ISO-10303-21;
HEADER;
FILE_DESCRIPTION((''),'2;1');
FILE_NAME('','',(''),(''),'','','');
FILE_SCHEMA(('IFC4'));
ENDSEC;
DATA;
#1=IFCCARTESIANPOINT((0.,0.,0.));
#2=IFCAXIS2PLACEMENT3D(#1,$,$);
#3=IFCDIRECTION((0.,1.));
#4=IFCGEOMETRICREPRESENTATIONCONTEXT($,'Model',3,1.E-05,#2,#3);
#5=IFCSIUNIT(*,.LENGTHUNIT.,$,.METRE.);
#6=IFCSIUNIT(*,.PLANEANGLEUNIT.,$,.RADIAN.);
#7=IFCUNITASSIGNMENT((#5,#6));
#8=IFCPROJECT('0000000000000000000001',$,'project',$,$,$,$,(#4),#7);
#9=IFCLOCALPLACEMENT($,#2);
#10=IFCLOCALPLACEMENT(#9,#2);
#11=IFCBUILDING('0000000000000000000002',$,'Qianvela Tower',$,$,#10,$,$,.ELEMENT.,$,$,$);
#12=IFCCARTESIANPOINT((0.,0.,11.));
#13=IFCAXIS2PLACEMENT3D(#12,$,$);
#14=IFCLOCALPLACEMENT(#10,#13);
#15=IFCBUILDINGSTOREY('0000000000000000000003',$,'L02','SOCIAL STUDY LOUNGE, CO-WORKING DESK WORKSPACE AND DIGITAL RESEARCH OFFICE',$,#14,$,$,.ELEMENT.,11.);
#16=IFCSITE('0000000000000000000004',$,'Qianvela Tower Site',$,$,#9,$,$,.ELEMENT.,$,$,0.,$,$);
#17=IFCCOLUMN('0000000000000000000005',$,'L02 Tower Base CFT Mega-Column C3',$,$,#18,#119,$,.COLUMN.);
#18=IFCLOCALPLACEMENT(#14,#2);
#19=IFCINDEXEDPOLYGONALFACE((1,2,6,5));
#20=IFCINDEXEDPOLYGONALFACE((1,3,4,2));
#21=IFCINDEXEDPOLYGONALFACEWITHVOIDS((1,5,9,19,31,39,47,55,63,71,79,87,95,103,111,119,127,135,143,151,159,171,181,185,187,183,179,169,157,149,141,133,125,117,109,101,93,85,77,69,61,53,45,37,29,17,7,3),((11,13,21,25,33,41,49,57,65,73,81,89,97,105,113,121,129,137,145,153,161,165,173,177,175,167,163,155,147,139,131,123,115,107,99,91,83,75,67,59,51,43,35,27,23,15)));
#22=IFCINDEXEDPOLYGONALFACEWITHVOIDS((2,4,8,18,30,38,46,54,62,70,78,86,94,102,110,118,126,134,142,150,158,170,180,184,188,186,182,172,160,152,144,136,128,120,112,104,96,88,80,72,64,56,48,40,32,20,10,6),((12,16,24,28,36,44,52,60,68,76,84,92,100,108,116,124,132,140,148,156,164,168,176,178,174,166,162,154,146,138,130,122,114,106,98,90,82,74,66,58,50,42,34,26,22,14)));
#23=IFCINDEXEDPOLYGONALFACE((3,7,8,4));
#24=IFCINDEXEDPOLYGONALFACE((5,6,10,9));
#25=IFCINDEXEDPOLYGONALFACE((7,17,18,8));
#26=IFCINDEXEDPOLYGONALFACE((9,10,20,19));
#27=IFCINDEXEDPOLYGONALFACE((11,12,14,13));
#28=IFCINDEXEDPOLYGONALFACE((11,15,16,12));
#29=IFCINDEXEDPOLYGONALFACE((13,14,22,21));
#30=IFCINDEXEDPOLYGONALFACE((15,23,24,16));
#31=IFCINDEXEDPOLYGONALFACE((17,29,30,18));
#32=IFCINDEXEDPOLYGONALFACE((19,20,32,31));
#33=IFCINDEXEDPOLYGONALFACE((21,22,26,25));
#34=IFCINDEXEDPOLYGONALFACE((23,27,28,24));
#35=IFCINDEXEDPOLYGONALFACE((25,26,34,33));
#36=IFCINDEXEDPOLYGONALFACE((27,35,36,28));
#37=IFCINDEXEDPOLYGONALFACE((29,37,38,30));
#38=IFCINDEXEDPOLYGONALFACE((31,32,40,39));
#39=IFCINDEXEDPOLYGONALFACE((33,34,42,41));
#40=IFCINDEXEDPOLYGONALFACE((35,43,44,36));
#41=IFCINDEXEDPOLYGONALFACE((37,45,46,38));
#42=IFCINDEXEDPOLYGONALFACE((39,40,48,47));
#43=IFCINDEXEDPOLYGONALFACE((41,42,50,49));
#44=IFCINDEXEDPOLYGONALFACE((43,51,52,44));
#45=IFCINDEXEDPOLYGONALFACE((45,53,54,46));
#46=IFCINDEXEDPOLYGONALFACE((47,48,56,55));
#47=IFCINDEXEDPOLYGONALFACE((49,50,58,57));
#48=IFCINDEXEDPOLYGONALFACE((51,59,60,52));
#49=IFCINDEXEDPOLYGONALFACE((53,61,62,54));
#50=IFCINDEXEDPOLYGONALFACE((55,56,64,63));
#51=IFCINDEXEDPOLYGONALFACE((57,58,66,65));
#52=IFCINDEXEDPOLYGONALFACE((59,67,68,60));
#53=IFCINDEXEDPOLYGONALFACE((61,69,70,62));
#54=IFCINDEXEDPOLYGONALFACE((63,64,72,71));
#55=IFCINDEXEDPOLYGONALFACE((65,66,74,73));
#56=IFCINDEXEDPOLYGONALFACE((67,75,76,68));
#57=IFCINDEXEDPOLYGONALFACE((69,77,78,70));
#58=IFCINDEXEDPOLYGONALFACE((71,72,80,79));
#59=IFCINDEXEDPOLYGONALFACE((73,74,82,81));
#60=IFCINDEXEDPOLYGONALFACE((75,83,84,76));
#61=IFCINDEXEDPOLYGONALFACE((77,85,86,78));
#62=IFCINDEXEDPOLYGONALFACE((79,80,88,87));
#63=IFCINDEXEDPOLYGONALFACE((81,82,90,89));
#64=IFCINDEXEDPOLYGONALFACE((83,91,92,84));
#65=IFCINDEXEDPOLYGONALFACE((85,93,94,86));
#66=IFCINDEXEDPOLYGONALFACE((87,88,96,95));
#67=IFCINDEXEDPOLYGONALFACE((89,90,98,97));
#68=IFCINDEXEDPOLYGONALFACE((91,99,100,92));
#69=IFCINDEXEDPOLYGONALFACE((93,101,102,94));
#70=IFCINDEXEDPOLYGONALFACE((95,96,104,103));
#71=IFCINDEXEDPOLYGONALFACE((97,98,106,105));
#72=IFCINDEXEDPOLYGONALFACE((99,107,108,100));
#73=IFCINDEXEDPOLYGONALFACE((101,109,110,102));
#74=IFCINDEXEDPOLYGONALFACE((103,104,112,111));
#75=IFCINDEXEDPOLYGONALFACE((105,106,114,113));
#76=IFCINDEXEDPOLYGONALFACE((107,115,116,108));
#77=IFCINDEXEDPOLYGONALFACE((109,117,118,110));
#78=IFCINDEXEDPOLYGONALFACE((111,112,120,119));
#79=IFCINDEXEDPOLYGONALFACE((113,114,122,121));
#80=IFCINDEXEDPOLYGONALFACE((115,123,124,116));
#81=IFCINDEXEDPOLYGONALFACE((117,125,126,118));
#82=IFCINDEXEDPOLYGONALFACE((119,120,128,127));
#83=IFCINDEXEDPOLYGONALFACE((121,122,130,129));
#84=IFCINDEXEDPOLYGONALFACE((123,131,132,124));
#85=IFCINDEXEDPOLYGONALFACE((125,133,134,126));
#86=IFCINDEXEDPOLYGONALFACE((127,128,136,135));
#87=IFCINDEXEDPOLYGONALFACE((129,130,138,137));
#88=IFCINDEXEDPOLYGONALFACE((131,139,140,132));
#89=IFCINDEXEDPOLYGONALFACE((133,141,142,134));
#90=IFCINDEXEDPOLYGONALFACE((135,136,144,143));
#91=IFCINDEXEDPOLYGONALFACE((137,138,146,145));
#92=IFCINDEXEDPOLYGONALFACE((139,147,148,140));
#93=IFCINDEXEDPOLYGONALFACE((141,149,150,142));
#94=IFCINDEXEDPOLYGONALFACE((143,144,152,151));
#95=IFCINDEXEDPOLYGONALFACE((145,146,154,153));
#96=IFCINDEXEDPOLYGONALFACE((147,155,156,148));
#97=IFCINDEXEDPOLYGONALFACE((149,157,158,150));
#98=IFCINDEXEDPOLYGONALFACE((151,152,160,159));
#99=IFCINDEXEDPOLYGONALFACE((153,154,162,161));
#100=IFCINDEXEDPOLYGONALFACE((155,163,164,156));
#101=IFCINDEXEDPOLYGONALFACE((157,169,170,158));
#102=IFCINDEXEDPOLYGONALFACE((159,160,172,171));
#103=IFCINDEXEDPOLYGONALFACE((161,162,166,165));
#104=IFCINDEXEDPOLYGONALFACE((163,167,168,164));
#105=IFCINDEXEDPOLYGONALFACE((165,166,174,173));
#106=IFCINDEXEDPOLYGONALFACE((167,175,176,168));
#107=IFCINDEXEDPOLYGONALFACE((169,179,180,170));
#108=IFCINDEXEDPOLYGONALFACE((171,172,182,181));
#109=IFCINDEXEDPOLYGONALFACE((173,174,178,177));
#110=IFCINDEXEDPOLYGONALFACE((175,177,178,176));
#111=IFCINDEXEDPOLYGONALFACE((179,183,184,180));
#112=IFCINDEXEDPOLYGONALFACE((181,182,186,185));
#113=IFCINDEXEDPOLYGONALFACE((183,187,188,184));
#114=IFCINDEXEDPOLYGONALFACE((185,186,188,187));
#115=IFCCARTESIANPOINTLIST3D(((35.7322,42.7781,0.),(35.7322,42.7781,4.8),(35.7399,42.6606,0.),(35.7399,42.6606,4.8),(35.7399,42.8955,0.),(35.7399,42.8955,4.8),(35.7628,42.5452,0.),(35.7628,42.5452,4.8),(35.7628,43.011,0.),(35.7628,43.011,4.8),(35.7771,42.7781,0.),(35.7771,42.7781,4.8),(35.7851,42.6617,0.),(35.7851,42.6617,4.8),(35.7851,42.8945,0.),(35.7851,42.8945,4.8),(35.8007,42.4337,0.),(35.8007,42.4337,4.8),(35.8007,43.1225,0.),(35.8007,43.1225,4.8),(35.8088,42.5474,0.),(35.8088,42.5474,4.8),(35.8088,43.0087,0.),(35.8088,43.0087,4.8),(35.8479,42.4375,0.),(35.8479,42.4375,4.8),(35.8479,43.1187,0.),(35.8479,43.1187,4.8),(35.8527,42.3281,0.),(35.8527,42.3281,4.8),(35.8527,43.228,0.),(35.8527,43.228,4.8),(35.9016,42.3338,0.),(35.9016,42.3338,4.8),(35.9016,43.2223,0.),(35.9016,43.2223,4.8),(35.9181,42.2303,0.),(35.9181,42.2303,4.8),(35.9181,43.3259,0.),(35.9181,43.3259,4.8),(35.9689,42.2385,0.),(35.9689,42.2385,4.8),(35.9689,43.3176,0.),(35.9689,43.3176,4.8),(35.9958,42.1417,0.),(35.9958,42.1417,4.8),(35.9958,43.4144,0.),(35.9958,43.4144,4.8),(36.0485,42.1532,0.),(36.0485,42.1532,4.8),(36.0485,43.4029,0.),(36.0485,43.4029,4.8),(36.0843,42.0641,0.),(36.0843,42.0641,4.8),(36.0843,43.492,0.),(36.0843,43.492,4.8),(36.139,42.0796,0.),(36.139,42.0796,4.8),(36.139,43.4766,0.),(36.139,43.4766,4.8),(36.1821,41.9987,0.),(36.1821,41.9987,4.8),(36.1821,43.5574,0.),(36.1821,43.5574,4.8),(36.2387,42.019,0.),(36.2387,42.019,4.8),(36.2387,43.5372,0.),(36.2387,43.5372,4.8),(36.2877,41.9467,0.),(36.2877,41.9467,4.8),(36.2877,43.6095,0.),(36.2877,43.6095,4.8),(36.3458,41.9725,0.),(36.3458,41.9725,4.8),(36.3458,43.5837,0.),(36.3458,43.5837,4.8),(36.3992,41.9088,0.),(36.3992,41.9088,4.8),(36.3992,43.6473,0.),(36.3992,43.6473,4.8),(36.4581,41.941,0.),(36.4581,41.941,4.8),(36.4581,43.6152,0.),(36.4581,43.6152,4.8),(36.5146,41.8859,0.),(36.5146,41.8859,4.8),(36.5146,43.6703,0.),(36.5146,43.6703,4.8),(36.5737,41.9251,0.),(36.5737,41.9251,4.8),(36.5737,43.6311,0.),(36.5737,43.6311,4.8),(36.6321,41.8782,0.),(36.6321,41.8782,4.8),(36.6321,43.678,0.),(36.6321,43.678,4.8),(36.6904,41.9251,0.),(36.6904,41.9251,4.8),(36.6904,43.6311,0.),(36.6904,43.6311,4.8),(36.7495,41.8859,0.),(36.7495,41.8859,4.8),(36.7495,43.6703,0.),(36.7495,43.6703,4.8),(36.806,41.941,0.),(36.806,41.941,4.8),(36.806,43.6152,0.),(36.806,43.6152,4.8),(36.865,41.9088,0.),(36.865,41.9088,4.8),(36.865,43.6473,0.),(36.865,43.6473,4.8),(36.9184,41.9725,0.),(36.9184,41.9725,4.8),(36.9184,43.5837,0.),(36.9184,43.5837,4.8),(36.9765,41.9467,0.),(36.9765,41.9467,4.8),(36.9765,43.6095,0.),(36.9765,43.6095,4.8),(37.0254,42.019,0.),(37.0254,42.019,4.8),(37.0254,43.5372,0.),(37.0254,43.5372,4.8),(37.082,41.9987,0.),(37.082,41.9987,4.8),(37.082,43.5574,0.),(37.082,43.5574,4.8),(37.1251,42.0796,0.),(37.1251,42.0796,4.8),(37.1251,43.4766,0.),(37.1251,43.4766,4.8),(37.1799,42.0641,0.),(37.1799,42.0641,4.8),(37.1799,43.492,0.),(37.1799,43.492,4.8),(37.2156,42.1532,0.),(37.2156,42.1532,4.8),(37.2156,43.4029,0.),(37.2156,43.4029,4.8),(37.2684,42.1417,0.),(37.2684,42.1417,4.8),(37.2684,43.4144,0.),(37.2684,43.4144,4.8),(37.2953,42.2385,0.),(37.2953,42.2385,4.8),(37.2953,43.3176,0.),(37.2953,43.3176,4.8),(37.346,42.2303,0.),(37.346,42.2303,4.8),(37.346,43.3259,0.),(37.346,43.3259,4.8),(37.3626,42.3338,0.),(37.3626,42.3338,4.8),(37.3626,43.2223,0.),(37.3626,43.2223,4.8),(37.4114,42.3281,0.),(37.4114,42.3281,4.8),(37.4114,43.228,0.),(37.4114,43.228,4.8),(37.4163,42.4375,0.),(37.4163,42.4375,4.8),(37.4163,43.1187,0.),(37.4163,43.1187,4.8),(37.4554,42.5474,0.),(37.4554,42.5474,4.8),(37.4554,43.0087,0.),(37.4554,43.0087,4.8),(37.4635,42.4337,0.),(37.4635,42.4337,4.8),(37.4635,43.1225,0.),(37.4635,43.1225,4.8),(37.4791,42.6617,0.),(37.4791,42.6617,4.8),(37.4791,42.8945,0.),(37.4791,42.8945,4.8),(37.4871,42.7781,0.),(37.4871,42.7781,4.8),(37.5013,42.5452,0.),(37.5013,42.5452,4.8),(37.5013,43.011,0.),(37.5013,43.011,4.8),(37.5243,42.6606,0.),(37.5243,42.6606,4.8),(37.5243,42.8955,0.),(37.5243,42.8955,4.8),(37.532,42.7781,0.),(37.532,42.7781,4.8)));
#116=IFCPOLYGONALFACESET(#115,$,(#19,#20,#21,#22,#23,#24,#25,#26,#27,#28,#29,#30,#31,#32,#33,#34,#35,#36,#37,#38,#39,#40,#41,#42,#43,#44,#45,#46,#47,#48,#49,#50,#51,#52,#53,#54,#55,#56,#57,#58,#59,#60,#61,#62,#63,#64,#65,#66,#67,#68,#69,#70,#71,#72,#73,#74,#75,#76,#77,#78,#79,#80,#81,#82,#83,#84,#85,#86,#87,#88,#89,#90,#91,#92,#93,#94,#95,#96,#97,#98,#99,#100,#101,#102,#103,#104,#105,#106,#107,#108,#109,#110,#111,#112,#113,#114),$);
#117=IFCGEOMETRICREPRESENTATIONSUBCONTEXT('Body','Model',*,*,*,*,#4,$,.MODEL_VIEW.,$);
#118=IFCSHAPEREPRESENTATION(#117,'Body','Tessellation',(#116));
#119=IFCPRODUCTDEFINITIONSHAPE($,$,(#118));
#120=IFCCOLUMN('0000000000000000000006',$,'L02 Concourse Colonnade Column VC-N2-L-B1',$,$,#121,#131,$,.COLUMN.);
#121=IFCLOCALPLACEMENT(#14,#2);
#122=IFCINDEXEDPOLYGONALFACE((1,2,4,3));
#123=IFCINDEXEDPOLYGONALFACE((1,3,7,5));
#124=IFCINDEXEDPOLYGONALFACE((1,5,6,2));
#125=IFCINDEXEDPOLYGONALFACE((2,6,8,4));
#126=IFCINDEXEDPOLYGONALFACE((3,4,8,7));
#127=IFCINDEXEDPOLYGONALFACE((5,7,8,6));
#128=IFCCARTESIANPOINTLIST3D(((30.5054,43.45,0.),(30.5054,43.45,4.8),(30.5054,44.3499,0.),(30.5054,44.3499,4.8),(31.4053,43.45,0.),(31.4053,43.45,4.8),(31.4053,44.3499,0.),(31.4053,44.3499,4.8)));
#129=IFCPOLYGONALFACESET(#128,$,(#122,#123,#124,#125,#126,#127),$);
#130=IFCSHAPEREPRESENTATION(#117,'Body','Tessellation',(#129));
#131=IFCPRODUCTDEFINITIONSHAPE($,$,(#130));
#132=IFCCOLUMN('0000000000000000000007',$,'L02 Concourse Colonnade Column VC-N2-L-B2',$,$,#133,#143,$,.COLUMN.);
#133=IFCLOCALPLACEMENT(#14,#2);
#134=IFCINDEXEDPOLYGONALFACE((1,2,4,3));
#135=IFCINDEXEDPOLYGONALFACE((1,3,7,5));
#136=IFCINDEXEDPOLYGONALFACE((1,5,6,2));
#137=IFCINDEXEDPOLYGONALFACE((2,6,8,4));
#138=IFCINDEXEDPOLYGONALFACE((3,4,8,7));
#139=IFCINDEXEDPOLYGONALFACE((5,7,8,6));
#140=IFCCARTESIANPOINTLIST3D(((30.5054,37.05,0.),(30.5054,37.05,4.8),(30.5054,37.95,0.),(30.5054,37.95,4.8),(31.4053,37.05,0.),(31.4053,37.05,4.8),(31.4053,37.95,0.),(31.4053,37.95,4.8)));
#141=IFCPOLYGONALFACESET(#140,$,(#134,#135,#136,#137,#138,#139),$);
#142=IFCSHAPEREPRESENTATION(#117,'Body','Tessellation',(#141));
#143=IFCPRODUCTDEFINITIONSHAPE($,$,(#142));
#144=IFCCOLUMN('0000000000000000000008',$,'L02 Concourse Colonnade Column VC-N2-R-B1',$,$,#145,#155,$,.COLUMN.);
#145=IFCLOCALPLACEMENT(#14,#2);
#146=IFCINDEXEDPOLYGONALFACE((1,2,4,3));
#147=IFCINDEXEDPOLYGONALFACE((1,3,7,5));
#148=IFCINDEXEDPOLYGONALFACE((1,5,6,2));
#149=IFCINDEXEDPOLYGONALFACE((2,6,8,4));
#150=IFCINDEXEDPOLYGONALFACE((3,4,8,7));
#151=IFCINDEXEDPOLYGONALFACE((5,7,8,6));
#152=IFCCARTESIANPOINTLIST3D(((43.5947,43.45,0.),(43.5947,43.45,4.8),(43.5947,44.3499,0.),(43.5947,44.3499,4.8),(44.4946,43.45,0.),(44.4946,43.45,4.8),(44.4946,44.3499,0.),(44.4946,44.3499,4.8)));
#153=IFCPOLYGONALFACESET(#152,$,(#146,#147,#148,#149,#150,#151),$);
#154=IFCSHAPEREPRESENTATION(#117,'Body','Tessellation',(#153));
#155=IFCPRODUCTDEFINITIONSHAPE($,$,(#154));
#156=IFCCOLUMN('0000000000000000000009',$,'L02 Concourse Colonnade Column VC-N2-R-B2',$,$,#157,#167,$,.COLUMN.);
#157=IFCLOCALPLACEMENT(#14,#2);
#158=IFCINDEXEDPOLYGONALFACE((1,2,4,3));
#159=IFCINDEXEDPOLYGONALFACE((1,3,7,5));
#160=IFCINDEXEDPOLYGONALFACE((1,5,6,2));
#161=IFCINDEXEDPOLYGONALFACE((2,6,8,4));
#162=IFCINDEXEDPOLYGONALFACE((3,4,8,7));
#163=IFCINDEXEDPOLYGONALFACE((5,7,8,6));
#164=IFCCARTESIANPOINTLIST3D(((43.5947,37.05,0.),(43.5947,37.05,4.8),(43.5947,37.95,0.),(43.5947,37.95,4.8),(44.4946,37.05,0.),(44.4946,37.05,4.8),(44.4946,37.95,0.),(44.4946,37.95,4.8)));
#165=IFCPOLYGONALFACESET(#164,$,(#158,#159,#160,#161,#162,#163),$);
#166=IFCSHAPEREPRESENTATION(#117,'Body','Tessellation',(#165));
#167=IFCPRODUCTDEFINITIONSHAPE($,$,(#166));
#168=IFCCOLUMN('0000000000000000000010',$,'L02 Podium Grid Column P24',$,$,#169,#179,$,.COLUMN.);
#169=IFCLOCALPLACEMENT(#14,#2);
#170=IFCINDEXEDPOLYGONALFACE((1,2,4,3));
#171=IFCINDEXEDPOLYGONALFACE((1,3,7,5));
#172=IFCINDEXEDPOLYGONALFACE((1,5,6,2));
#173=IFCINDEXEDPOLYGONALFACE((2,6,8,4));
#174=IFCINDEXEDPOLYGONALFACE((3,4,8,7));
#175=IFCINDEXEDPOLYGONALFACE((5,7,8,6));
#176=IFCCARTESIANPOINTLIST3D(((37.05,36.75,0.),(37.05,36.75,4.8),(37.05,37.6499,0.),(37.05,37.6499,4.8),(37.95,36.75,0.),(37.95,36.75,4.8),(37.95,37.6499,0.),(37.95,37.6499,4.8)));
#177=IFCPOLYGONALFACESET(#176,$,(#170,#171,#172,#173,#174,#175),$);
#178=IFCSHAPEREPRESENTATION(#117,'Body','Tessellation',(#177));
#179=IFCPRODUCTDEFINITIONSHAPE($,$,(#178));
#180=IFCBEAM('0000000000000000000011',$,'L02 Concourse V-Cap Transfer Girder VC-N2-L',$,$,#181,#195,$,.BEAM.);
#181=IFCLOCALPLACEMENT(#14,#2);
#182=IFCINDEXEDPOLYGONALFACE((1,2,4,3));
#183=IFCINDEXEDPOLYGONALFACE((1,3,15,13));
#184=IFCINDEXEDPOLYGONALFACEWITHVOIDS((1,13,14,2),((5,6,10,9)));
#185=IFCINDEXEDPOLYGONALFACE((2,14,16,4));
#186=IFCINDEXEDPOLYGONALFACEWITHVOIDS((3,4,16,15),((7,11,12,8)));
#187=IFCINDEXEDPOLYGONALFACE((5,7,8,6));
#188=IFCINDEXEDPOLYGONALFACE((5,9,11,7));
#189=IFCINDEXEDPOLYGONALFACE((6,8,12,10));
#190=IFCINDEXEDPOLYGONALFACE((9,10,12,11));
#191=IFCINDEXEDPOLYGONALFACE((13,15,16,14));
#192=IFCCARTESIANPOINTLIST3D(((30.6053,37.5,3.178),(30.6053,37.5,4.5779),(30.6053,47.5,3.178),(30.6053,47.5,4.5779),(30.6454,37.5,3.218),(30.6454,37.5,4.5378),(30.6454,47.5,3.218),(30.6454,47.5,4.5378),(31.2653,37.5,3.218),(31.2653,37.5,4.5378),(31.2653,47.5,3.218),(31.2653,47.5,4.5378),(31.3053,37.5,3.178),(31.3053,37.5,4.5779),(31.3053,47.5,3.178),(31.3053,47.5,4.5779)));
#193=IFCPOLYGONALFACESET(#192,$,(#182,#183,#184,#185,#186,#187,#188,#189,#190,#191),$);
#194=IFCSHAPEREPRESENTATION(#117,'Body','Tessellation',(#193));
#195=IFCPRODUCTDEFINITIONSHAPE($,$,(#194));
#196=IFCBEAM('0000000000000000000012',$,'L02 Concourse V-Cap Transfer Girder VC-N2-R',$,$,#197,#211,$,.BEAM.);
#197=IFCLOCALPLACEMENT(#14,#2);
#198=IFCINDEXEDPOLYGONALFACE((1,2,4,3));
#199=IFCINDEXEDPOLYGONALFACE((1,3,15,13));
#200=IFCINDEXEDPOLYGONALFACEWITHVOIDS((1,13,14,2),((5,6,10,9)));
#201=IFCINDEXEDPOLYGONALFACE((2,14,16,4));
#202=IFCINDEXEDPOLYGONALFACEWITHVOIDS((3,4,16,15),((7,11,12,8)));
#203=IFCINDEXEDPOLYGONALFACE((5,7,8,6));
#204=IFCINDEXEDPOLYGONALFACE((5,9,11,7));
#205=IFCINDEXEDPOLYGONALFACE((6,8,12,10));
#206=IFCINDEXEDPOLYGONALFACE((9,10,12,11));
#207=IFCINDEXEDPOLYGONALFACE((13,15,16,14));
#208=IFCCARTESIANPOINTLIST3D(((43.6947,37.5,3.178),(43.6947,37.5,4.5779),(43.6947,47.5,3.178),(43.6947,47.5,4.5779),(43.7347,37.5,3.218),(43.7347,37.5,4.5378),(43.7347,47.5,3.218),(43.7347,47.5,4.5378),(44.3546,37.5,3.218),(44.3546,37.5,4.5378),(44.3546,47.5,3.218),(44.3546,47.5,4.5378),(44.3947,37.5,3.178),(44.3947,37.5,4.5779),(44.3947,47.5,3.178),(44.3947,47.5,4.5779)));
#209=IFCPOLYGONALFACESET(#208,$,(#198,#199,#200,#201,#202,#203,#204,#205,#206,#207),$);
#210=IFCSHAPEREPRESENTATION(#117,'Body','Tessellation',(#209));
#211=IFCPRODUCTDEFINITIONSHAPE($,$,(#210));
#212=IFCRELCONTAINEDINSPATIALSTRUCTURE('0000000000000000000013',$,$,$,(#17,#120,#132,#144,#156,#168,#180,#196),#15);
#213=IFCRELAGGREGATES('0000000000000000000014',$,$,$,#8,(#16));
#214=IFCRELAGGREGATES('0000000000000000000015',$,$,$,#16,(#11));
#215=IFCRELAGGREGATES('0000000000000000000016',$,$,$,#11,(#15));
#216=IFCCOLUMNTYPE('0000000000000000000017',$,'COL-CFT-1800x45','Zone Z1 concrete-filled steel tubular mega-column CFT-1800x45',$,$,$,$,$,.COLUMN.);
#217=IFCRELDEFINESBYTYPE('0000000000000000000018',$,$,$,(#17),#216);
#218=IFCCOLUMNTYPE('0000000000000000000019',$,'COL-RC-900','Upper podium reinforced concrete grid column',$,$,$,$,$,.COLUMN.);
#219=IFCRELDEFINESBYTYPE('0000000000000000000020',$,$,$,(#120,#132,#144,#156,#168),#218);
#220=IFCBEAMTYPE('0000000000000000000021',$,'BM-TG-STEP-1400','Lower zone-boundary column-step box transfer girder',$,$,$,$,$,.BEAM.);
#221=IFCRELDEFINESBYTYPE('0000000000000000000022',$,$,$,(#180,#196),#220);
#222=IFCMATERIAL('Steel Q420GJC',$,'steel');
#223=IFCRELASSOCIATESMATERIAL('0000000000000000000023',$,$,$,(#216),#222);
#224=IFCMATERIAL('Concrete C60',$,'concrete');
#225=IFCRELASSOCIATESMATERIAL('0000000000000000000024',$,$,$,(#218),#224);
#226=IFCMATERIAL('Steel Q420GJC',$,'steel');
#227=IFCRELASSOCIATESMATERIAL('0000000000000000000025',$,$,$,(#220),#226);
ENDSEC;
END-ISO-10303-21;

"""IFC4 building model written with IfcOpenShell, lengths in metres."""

from ifc_helpers import new_model, si_unit, direction, frame, origin, origin_2d, place, context, subcontext, project, spatial, rectangle, hollow_rectangle, hollow_circle, extrude, material, material_profile, profile_set, type_object, element, save


model = new_model("IFC4")

# Units and contexts
model_context = context("Model", 3, precision=1e-05, world=origin(), true_north=direction((0.0, 1.0)))
body_context = subcontext(model_context, "Body", "Model", "MODEL_VIEW")
ifc_project = project(units=[si_unit("LENGTHUNIT", "METRE"), si_unit("PLANEANGLEUNIT", "RADIAN")], contexts=[model_context])

# Site, building, storey
site_placement = place(None, origin())
site = spatial("IfcSite", under=ifc_project, at=site_placement, Name="Qianvela Tower Site", CompositionType="ELEMENT", RefElevation=0.0)
building_placement = place(site_placement, origin())
building = spatial("IfcBuilding", under=site, at=building_placement, Name="Qianvela Tower", CompositionType="ELEMENT")
storey_placement = place(building_placement, frame((0.0, 0.0, 11.0)))
storey = spatial("IfcBuildingStorey", under=building, at=storey_placement, Name="L02", Description="SOCIAL STUDY LOUNGE, CO-WORKING DESK WORKSPACE AND DIGITAL RESEARCH OFFICE", CompositionType="ELEMENT", Elevation=11.0)

# Columns
ifc_material_1 = material(Name="Steel Q420GJC", Category="steel")
ifc_material_profile_1 = material_profile(ifc_material_1, hollow_circle(Radius=0.8999, WallThickness=0.0449, at=origin_2d()), Name="CFT-1800x45")
ifc_profile_set_1 = profile_set([ifc_material_profile_1], Name="Steel Q420GJC")
column_type_1 = type_object("IfcColumnType", Name="COL-CFT-1800x45", Description="Zone Z1 concrete-filled steel tubular mega-column CFT-1800x45", PredefinedType="COLUMN", material=ifc_profile_set_1)
column_placement = place(storey_placement, frame((36.6321, 42.7781, 0.0), z_axis=(0.0, 0.0, 1.0), x_axis=(1.0, 0.0, 0.0)))
element("IfcColumn", 1, at=column_placement, inside=storey, type_object=column_type_1, Name="L02 Tower Base CFT Mega-Column C3", PredefinedType="COLUMN", context=body_context, shape_type="SweptSolid", body=[
    extrude(hollow_circle(Radius=0.8999, WallThickness=0.0449, at=origin_2d()), origin(), (0.0, 0.0, 1.0), 4.8),
])
ifc_material_2 = material(Name="Concrete C60", Category="concrete")
ifc_material_profile_2 = material_profile(ifc_material_2, rectangle(XDim=0.8999, YDim=0.8999, at=origin_2d()), Name="RC-COL-900x900")
ifc_profile_set_2 = profile_set([ifc_material_profile_2], Name="Concrete C60")
column_type_2 = type_object("IfcColumnType", Name="COL-RC-900", Description="Upper podium reinforced concrete grid column", PredefinedType="COLUMN", material=ifc_profile_set_2)
for number, where, z_axis, x_axis, name in (
    (2, (30.9553, 43.8999, 0.0), (0.0, 0.0, 1.0), (1.0, 0.0, 0.0), "L02 Concourse Colonnade Column VC-N2-L-B1"),
    (3, (30.9553, 37.5, 0.0), (0.0, 0.0, 1.0), (1.0, 0.0, 0.0), "L02 Concourse Colonnade Column VC-N2-L-B2"),
    (4, (44.0447, 43.8999, 0.0), (0.0, 0.0, 1.0), (1.0, 0.0, 0.0), "L02 Concourse Colonnade Column VC-N2-R-B1"),
    (5, (44.0447, 37.5, 0.0), (0.0, 0.0, 1.0), (1.0, 0.0, 0.0), "L02 Concourse Colonnade Column VC-N2-R-B2"),
    (6, (37.5, 37.2, 0.0), (0.0, 0.0, 1.0), (1.0, 0.0, 0.0), "L02 Podium Grid Column P24"),
):
    element("IfcColumn", number, at=place(storey_placement, frame(where, z_axis=z_axis, x_axis=x_axis)), inside=storey, type_object=column_type_2, Name=name, PredefinedType="COLUMN", context=body_context, shape_type="SweptSolid", body=[
        extrude(rectangle(XDim=0.8999, YDim=0.8999, at=origin_2d()), origin(), (0.0, 0.0, 1.0), 4.8),
    ])

# Beams
ifc_material_3 = material(Name="Steel Q420GJC", Category="steel")
ifc_material_profile_3 = material_profile(ifc_material_3, hollow_rectangle(XDim=0.7, YDim=1.3999, WallThickness=0.04, at=origin_2d()), Name="TG-BOX-1400x700x40")
ifc_profile_set_3 = profile_set([ifc_material_profile_3], Name="Steel Q420GJC")
beam_type = type_object("IfcBeamType", Name="BM-TG-STEP-1400", Description="Lower zone-boundary column-step box transfer girder", PredefinedType="BEAM", material=ifc_profile_set_3)
for number, where, z_axis, x_axis, name in (
    (7, (30.9553, 37.5, 3.8779), (0.0, 1.0, 0.0), (-1.0, 0.0, 0.0), "L02 Concourse V-Cap Transfer Girder VC-N2-L"),
    (8, (44.0447, 37.5, 3.8779), (0.0, 1.0, 0.0), (-1.0, 0.0, 0.0), "L02 Concourse V-Cap Transfer Girder VC-N2-R"),
):
    element("IfcBeam", number, at=place(storey_placement, frame(where, z_axis=z_axis, x_axis=x_axis)), inside=storey, type_object=beam_type, Name=name, PredefinedType="BEAM", context=body_context, shape_type="SweptSolid", body=[
        extrude(hollow_rectangle(XDim=0.7, YDim=1.3999, WallThickness=0.04, at=origin_2d()), origin(), (0.0, 0.0, 1.0), 10.0),
    ])

save(model, "model.ifc")
